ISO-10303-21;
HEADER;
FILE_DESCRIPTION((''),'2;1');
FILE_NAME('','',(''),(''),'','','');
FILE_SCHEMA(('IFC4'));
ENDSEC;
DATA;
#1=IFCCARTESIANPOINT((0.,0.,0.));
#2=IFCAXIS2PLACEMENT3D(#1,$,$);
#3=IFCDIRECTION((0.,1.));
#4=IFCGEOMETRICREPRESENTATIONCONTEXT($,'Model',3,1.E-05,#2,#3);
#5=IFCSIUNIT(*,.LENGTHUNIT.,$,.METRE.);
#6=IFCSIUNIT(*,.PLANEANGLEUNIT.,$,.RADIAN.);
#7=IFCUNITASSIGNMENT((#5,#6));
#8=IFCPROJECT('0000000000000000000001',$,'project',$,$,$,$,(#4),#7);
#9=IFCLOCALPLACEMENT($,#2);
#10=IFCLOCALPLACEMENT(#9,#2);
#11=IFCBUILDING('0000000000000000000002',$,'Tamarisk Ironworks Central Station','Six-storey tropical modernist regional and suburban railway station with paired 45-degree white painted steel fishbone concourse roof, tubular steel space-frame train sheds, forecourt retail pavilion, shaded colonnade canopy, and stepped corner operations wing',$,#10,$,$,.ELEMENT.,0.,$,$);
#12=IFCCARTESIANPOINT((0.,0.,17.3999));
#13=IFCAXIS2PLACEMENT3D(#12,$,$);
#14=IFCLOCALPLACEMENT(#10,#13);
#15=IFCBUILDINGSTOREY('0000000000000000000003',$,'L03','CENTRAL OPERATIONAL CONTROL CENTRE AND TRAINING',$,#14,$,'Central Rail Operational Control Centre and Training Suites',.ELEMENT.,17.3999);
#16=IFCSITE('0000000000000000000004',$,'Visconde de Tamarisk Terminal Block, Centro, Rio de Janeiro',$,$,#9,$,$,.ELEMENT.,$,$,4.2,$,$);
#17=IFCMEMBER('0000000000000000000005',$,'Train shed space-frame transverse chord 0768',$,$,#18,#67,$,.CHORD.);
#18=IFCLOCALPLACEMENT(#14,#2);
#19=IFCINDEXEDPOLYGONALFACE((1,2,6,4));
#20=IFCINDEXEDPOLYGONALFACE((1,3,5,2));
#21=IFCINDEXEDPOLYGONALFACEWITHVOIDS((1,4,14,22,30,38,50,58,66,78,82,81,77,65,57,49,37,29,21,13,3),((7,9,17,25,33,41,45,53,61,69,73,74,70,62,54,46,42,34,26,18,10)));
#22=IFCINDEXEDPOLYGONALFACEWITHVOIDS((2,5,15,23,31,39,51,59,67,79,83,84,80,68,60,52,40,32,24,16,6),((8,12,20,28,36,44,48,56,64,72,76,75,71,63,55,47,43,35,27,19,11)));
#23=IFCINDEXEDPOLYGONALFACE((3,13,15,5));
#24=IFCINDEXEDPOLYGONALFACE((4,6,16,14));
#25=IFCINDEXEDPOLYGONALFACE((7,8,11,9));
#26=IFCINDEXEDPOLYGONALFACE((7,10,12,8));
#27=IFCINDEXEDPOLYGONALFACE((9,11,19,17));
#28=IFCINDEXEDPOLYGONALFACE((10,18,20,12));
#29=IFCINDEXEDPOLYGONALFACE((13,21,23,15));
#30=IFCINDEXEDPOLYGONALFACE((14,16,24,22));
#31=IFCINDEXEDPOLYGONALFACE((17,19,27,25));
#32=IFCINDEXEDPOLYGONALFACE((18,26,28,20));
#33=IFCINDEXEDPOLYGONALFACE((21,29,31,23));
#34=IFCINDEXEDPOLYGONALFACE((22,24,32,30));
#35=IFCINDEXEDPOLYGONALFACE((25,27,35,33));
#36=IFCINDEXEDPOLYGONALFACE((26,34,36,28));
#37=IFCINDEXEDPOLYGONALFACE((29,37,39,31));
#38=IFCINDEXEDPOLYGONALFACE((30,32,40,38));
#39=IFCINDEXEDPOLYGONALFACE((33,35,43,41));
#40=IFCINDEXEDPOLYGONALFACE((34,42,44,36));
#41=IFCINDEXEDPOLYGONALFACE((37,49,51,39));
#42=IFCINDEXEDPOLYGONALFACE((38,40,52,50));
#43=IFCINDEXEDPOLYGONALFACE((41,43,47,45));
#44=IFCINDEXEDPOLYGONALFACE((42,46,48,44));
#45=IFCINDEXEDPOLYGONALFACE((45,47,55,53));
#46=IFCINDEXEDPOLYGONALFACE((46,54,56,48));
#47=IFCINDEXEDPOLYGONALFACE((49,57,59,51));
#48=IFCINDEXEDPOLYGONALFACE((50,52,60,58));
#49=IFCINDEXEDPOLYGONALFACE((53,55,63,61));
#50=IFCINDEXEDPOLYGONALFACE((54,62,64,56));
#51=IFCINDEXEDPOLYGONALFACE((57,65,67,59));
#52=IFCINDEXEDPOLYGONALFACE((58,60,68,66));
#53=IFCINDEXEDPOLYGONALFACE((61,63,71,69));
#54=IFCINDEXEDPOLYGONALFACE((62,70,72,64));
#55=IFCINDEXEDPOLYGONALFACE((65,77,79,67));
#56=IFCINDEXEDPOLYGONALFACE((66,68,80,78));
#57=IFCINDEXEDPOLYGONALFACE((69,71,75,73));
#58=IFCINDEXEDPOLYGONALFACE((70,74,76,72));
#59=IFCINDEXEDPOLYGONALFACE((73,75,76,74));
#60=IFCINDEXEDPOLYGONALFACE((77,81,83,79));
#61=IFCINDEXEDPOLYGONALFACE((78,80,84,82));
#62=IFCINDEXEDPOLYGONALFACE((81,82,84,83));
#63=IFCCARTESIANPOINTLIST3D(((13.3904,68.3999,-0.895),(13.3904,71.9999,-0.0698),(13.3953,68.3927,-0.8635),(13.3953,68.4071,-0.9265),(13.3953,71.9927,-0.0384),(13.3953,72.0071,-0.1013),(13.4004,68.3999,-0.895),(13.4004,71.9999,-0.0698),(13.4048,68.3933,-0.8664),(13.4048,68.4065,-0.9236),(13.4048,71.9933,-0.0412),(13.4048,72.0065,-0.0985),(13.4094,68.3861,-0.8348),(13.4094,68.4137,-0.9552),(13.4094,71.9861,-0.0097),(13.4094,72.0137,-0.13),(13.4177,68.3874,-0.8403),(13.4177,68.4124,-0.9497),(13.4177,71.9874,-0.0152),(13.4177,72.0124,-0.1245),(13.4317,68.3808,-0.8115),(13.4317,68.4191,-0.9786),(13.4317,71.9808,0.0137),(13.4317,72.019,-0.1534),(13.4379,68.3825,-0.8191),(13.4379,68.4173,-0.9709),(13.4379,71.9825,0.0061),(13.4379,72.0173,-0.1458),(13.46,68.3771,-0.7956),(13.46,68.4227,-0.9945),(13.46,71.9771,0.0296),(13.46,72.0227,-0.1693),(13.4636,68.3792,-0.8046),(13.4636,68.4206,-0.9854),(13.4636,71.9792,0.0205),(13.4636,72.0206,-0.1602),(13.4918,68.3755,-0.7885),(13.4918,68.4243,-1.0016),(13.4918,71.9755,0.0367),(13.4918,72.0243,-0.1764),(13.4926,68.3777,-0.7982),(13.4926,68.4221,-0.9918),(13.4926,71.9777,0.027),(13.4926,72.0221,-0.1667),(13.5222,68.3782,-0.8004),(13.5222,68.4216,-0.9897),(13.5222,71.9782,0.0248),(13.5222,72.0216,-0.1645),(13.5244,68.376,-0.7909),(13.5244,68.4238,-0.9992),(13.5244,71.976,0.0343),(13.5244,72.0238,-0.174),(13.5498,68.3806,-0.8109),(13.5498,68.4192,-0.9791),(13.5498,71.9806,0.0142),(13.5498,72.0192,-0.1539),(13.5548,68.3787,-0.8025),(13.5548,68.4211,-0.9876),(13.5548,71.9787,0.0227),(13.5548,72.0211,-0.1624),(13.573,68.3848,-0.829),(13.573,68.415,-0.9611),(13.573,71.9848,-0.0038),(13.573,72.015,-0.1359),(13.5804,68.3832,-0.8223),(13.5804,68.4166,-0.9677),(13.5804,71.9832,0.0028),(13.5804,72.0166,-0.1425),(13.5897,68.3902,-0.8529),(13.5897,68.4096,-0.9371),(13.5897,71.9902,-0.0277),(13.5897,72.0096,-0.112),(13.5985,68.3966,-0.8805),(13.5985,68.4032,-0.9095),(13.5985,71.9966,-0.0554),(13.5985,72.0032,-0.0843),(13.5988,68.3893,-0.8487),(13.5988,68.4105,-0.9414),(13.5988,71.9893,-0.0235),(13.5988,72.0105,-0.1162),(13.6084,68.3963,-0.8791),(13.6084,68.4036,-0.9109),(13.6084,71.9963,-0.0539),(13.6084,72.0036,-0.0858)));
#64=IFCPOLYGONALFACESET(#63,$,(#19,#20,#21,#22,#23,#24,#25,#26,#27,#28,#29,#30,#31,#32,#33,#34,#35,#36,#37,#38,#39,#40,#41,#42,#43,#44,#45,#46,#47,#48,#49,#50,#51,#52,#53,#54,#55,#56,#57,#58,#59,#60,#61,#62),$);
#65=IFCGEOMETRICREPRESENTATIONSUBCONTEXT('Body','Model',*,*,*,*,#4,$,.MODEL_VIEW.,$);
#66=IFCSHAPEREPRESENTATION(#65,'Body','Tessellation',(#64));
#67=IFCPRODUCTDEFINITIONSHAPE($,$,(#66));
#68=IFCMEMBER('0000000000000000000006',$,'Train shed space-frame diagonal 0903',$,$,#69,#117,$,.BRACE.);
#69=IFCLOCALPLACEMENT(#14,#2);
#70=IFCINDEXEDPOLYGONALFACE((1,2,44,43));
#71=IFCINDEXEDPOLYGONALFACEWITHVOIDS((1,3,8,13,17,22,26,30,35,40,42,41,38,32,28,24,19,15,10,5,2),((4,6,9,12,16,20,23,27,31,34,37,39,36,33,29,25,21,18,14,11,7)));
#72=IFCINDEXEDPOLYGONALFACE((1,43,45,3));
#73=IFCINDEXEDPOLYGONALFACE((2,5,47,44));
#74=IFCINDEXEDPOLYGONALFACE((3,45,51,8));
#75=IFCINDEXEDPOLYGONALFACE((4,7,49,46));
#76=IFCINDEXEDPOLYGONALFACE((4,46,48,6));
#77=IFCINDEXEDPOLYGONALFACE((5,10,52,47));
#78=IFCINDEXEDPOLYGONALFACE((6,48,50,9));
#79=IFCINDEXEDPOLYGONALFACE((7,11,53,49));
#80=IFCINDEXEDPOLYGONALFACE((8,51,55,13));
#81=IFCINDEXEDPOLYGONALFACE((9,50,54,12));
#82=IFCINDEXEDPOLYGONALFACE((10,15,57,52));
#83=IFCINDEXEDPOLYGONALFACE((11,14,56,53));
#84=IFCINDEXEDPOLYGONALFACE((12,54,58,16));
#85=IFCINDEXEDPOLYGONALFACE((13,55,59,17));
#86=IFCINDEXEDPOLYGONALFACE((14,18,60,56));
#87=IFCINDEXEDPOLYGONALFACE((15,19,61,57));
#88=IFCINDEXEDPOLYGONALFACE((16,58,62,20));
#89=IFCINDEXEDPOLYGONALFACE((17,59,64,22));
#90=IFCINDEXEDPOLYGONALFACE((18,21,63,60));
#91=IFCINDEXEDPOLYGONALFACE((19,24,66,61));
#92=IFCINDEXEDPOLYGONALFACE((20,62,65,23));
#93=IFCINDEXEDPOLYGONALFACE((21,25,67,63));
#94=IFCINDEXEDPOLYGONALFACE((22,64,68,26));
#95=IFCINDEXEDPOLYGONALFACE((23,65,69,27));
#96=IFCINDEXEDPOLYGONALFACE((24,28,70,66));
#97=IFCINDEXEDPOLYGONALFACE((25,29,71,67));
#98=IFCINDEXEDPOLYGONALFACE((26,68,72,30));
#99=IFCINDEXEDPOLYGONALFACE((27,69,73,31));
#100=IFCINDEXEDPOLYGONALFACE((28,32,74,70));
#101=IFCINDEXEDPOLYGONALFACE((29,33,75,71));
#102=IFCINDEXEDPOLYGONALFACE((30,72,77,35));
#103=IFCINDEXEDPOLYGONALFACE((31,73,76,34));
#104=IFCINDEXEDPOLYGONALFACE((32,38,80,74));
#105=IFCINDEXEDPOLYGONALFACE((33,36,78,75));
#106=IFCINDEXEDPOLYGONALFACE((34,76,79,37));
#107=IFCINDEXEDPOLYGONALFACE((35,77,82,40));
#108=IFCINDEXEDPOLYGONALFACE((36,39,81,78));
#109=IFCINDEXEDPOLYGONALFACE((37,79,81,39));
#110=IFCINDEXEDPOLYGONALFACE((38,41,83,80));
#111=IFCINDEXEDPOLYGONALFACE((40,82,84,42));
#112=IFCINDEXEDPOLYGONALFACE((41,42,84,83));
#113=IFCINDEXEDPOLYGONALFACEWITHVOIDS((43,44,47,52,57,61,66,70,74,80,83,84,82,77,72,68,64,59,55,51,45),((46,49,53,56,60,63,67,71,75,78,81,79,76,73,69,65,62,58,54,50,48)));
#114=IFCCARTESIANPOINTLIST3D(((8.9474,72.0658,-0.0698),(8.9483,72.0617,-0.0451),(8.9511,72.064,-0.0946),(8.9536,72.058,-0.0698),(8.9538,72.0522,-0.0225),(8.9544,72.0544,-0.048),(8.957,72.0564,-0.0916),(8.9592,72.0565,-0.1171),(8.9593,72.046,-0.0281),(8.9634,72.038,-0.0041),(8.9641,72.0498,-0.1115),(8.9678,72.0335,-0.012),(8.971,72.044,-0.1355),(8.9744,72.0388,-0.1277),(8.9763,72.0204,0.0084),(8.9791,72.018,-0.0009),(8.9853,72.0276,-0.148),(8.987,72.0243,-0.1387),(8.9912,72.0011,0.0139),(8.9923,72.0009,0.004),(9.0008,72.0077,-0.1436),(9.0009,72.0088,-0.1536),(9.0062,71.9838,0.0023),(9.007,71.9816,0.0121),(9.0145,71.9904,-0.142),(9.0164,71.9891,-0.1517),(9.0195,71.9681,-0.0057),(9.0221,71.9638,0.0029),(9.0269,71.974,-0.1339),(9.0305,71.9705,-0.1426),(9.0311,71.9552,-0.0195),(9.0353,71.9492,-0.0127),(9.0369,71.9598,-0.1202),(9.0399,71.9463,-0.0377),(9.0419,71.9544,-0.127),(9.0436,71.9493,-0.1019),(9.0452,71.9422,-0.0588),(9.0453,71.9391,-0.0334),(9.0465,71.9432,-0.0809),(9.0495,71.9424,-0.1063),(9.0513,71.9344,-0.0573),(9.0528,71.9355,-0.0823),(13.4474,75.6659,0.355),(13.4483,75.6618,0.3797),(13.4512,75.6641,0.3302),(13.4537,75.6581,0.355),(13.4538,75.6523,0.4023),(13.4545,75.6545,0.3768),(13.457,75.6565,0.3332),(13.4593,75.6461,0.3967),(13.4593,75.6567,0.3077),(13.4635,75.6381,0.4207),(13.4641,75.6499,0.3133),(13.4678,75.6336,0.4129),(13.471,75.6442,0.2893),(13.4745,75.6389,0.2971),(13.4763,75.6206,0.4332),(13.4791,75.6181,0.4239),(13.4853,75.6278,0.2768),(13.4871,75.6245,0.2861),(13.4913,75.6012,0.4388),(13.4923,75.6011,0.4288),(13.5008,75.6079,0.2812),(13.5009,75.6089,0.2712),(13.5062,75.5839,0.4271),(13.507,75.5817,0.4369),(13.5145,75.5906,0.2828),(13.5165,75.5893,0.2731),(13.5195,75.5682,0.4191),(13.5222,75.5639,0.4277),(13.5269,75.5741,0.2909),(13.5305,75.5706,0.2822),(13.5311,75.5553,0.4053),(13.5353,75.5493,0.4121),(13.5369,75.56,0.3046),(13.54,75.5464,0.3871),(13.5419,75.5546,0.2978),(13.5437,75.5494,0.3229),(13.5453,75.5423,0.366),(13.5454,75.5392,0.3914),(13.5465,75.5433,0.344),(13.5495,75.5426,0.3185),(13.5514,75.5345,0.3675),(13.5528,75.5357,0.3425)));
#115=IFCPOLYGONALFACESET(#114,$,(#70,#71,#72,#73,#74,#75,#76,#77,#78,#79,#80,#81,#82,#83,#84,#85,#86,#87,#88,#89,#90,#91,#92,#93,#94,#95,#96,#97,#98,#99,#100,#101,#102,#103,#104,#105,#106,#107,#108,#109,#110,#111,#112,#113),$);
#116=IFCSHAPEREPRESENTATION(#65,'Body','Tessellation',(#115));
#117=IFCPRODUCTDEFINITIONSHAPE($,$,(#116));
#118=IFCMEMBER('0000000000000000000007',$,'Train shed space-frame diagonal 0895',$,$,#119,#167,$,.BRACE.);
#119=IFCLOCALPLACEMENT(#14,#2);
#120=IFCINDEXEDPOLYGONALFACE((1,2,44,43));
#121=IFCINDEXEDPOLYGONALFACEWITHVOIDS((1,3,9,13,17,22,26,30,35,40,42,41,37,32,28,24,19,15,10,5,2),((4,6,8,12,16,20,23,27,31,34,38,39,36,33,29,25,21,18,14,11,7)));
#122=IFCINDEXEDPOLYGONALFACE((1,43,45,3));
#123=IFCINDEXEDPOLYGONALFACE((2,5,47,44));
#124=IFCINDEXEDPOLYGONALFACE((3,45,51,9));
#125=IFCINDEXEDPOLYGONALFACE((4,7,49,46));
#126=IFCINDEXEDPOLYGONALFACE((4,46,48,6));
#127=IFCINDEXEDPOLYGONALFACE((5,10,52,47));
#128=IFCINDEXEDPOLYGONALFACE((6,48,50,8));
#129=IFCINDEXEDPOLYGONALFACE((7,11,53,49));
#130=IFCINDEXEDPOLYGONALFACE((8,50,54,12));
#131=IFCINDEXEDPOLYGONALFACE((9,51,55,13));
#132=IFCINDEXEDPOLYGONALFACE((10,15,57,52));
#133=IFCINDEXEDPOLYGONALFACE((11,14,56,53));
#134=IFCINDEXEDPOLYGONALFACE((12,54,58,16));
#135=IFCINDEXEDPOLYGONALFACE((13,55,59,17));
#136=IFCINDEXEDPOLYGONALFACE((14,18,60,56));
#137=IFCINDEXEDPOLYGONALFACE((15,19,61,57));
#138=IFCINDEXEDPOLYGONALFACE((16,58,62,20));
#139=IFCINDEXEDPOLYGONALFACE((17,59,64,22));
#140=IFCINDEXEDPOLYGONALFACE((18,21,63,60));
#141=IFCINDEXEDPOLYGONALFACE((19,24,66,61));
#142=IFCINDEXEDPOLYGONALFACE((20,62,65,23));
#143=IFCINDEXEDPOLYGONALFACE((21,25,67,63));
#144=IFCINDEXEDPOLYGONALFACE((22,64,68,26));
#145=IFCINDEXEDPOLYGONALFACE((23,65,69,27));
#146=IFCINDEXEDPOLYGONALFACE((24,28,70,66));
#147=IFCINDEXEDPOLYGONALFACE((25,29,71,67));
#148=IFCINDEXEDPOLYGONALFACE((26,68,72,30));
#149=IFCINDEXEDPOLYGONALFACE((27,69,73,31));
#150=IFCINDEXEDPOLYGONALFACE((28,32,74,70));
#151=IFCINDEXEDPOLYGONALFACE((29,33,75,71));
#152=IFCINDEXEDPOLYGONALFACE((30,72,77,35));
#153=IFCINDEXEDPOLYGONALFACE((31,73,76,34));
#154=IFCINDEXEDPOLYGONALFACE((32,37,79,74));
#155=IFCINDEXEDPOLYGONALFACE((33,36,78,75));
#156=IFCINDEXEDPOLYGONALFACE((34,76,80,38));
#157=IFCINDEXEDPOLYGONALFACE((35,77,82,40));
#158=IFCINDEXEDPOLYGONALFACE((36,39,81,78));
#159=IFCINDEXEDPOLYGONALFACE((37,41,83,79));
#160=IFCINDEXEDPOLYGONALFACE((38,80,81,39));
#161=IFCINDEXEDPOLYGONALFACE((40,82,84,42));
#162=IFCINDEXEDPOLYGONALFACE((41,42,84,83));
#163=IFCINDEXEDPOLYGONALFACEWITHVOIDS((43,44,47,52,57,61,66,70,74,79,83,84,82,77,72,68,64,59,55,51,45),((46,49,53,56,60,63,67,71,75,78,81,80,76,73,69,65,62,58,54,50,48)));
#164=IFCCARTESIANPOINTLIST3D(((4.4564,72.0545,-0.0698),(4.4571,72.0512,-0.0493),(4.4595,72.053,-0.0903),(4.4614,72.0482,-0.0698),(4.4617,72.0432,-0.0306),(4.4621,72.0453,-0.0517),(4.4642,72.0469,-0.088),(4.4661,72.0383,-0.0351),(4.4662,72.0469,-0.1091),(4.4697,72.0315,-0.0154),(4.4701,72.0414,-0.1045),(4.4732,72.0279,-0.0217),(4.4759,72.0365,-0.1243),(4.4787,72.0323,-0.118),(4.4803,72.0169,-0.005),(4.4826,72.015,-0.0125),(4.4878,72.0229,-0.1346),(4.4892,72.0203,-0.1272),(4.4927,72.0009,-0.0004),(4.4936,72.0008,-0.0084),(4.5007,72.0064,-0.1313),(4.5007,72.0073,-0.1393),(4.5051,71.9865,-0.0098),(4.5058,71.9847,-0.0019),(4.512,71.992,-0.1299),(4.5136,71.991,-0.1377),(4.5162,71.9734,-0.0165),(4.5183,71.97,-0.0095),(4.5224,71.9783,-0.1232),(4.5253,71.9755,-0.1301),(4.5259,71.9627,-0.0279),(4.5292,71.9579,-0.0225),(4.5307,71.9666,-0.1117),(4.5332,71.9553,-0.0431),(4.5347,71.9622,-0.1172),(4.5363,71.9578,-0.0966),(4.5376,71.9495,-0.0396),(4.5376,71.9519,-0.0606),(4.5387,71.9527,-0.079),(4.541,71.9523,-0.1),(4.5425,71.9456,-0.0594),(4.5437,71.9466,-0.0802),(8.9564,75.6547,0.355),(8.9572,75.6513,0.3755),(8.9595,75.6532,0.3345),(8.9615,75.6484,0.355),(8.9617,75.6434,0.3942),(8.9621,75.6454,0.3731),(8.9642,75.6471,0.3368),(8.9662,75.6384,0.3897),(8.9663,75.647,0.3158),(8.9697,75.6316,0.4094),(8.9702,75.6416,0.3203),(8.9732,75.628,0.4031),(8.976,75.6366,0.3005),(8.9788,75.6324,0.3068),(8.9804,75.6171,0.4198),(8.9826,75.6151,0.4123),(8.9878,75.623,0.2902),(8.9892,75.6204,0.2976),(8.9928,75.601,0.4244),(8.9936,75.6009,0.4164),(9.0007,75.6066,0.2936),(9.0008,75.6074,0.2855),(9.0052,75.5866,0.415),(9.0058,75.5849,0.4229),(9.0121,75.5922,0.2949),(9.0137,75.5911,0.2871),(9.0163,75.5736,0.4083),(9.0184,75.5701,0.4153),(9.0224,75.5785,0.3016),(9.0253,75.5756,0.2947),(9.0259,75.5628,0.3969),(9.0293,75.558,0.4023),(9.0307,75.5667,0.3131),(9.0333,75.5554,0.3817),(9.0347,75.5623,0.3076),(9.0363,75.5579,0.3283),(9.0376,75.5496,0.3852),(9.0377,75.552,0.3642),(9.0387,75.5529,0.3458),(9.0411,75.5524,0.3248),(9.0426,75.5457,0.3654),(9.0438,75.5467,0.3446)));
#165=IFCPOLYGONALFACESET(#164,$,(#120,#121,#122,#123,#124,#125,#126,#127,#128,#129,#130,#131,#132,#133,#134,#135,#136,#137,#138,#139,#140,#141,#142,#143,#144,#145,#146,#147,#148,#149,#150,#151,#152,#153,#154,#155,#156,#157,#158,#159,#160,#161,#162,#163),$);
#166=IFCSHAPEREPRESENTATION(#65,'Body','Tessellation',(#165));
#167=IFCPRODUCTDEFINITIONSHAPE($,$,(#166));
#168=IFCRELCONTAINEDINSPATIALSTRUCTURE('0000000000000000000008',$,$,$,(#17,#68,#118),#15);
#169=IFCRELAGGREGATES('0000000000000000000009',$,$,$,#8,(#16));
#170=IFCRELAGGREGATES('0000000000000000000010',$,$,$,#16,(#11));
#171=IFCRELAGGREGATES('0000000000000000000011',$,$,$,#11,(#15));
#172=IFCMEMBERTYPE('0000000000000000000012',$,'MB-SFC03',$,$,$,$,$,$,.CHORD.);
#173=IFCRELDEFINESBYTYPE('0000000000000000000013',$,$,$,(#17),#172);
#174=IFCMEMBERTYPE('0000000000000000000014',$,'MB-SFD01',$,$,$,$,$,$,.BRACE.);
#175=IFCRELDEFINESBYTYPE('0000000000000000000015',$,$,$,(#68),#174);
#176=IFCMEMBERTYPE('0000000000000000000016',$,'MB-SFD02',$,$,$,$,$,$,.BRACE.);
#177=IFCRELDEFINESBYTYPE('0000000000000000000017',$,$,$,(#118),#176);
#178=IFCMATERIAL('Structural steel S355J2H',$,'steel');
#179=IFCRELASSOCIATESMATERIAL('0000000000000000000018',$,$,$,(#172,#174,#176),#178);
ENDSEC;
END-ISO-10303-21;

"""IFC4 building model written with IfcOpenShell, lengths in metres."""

from ifc_helpers import new_model, si_unit, direction, frame, origin, origin_2d, place, context, subcontext, project, spatial, hollow_circle, extrude, material, material_profile, profile_set, type_object, element, save


model = new_model("IFC4")

# Units and contexts
model_context = context("Model", 3, precision=1e-05, world=origin(), true_north=direction((0.0, 1.0)))
body_context = subcontext(model_context, "Body", "Model", "MODEL_VIEW")
ifc_project = project(units=[si_unit("LENGTHUNIT", "METRE"), si_unit("PLANEANGLEUNIT", "RADIAN")], contexts=[model_context])

# Site, building, storey
site_placement = place(None, origin())
site = spatial("IfcSite", under=ifc_project, at=site_placement, Name="Visconde de Tamarisk Terminal Block, Centro, Rio de Janeiro", CompositionType="ELEMENT", RefElevation=4.2)
building_placement = place(site_placement, origin())
building = spatial("IfcBuilding", under=site, at=building_placement, Name="Tamarisk Ironworks Central Station", Description="Six-storey tropical modernist regional and suburban railway station with paired 45-degree white painted steel fishbone concourse roof, tubular steel space-frame train sheds, forecourt retail pavilion, shaded colonnade canopy, and stepped corner operations wing", CompositionType="ELEMENT", ElevationOfRefHeight=0.0)
storey_placement = place(building_placement, frame((0.0, 0.0, 17.3999)))
storey = spatial("IfcBuildingStorey", under=building, at=storey_placement, Name="L03", Description="CENTRAL OPERATIONAL CONTROL CENTRE AND TRAINING", LongName="Central Rail Operational Control Centre and Training Suites", CompositionType="ELEMENT", Elevation=17.3999)

# Members
ifc_material = material(Name="Structural steel S355J2H", Category="steel")
ifc_material_profile_1 = material_profile(ifc_material, hollow_circle(Radius=0.1096, WallThickness=0.01, at=origin_2d()), Name="CHS 219.1x10")
ifc_profile_set_1 = profile_set([ifc_material_profile_1], Name="Structural steel S355J2H")
member_type_1 = type_object("IfcMemberType", Name="MB-SFC03", PredefinedType="CHORD", material=ifc_profile_set_1)
for number, where, z_axis, x_axis, name in (
    (1, (13.5, 68.3999, -0.895), (0.0, 0.974722, 0.223421), (-1.0, 0.0, 0.0), "Train shed space-frame transverse chord 0768"),
):
    element("IfcMember", number, at=place(storey_placement, frame(where, z_axis=z_axis, x_axis=x_axis)), inside=storey, type_object=member_type_1, Name=name, PredefinedType="CHORD", context=body_context, shape_type="SweptSolid", body=[
        extrude(hollow_circle(Radius=0.1096, WallThickness=0.01, at=origin_2d()), origin(), (0.0, 0.0, 1.0), 3.6934),
    ])
ifc_material_profile_2 = material_profile(ifc_material, hollow_circle(Radius=0.0842, WallThickness=0.01, at=origin_2d()), Name="CHS 168.3x10")
ifc_profile_set_2 = profile_set([ifc_material_profile_2], Name="Structural steel S355J2H")
member_type_2 = type_object("IfcMemberType", Name="MB-SFD01", PredefinedType="BRACE", material=ifc_profile_set_2)
member_1_placement = place(storey_placement, frame((9.0, 72.0, -0.0698), z_axis=(0.778748, 0.623015, 0.073515), x_axis=(-0.624705, 0.780861, 0.0)))
element("IfcMember", 2, at=member_1_placement, inside=storey, type_object=member_type_2, Name="Train shed space-frame diagonal 0903", PredefinedType="BRACE", context=body_context, shape_type="SweptSolid", body=[
    extrude(hollow_circle(Radius=0.0842, WallThickness=0.01, at=origin_2d()), origin(), (0.0, 0.0, 1.0), 5.7786),
])
ifc_material_profile_3 = material_profile(ifc_material, hollow_circle(Radius=0.0698, WallThickness=0.0081, at=origin_2d()), Name="CHS 139.7x8")
ifc_profile_set_3 = profile_set([ifc_material_profile_3], Name="Structural steel S355J2H")
member_type_3 = type_object("IfcMemberType", Name="MB-SFD02", PredefinedType="BRACE", material=ifc_profile_set_3)
member_2_placement = place(storey_placement, frame((4.5, 72.0, -0.0698), z_axis=(0.778748, 0.623015, 0.073515), x_axis=(-0.624705, 0.780861, 0.0)))
element("IfcMember", 3, at=member_2_placement, inside=storey, type_object=member_type_3, Name="Train shed space-frame diagonal 0895", PredefinedType="BRACE", context=body_context, shape_type="SweptSolid", body=[
    extrude(hollow_circle(Radius=0.0698, WallThickness=0.0081, at=origin_2d()), origin(), (0.0, 0.0, 1.0), 5.7786),
])

save(model, "model.ifc")
